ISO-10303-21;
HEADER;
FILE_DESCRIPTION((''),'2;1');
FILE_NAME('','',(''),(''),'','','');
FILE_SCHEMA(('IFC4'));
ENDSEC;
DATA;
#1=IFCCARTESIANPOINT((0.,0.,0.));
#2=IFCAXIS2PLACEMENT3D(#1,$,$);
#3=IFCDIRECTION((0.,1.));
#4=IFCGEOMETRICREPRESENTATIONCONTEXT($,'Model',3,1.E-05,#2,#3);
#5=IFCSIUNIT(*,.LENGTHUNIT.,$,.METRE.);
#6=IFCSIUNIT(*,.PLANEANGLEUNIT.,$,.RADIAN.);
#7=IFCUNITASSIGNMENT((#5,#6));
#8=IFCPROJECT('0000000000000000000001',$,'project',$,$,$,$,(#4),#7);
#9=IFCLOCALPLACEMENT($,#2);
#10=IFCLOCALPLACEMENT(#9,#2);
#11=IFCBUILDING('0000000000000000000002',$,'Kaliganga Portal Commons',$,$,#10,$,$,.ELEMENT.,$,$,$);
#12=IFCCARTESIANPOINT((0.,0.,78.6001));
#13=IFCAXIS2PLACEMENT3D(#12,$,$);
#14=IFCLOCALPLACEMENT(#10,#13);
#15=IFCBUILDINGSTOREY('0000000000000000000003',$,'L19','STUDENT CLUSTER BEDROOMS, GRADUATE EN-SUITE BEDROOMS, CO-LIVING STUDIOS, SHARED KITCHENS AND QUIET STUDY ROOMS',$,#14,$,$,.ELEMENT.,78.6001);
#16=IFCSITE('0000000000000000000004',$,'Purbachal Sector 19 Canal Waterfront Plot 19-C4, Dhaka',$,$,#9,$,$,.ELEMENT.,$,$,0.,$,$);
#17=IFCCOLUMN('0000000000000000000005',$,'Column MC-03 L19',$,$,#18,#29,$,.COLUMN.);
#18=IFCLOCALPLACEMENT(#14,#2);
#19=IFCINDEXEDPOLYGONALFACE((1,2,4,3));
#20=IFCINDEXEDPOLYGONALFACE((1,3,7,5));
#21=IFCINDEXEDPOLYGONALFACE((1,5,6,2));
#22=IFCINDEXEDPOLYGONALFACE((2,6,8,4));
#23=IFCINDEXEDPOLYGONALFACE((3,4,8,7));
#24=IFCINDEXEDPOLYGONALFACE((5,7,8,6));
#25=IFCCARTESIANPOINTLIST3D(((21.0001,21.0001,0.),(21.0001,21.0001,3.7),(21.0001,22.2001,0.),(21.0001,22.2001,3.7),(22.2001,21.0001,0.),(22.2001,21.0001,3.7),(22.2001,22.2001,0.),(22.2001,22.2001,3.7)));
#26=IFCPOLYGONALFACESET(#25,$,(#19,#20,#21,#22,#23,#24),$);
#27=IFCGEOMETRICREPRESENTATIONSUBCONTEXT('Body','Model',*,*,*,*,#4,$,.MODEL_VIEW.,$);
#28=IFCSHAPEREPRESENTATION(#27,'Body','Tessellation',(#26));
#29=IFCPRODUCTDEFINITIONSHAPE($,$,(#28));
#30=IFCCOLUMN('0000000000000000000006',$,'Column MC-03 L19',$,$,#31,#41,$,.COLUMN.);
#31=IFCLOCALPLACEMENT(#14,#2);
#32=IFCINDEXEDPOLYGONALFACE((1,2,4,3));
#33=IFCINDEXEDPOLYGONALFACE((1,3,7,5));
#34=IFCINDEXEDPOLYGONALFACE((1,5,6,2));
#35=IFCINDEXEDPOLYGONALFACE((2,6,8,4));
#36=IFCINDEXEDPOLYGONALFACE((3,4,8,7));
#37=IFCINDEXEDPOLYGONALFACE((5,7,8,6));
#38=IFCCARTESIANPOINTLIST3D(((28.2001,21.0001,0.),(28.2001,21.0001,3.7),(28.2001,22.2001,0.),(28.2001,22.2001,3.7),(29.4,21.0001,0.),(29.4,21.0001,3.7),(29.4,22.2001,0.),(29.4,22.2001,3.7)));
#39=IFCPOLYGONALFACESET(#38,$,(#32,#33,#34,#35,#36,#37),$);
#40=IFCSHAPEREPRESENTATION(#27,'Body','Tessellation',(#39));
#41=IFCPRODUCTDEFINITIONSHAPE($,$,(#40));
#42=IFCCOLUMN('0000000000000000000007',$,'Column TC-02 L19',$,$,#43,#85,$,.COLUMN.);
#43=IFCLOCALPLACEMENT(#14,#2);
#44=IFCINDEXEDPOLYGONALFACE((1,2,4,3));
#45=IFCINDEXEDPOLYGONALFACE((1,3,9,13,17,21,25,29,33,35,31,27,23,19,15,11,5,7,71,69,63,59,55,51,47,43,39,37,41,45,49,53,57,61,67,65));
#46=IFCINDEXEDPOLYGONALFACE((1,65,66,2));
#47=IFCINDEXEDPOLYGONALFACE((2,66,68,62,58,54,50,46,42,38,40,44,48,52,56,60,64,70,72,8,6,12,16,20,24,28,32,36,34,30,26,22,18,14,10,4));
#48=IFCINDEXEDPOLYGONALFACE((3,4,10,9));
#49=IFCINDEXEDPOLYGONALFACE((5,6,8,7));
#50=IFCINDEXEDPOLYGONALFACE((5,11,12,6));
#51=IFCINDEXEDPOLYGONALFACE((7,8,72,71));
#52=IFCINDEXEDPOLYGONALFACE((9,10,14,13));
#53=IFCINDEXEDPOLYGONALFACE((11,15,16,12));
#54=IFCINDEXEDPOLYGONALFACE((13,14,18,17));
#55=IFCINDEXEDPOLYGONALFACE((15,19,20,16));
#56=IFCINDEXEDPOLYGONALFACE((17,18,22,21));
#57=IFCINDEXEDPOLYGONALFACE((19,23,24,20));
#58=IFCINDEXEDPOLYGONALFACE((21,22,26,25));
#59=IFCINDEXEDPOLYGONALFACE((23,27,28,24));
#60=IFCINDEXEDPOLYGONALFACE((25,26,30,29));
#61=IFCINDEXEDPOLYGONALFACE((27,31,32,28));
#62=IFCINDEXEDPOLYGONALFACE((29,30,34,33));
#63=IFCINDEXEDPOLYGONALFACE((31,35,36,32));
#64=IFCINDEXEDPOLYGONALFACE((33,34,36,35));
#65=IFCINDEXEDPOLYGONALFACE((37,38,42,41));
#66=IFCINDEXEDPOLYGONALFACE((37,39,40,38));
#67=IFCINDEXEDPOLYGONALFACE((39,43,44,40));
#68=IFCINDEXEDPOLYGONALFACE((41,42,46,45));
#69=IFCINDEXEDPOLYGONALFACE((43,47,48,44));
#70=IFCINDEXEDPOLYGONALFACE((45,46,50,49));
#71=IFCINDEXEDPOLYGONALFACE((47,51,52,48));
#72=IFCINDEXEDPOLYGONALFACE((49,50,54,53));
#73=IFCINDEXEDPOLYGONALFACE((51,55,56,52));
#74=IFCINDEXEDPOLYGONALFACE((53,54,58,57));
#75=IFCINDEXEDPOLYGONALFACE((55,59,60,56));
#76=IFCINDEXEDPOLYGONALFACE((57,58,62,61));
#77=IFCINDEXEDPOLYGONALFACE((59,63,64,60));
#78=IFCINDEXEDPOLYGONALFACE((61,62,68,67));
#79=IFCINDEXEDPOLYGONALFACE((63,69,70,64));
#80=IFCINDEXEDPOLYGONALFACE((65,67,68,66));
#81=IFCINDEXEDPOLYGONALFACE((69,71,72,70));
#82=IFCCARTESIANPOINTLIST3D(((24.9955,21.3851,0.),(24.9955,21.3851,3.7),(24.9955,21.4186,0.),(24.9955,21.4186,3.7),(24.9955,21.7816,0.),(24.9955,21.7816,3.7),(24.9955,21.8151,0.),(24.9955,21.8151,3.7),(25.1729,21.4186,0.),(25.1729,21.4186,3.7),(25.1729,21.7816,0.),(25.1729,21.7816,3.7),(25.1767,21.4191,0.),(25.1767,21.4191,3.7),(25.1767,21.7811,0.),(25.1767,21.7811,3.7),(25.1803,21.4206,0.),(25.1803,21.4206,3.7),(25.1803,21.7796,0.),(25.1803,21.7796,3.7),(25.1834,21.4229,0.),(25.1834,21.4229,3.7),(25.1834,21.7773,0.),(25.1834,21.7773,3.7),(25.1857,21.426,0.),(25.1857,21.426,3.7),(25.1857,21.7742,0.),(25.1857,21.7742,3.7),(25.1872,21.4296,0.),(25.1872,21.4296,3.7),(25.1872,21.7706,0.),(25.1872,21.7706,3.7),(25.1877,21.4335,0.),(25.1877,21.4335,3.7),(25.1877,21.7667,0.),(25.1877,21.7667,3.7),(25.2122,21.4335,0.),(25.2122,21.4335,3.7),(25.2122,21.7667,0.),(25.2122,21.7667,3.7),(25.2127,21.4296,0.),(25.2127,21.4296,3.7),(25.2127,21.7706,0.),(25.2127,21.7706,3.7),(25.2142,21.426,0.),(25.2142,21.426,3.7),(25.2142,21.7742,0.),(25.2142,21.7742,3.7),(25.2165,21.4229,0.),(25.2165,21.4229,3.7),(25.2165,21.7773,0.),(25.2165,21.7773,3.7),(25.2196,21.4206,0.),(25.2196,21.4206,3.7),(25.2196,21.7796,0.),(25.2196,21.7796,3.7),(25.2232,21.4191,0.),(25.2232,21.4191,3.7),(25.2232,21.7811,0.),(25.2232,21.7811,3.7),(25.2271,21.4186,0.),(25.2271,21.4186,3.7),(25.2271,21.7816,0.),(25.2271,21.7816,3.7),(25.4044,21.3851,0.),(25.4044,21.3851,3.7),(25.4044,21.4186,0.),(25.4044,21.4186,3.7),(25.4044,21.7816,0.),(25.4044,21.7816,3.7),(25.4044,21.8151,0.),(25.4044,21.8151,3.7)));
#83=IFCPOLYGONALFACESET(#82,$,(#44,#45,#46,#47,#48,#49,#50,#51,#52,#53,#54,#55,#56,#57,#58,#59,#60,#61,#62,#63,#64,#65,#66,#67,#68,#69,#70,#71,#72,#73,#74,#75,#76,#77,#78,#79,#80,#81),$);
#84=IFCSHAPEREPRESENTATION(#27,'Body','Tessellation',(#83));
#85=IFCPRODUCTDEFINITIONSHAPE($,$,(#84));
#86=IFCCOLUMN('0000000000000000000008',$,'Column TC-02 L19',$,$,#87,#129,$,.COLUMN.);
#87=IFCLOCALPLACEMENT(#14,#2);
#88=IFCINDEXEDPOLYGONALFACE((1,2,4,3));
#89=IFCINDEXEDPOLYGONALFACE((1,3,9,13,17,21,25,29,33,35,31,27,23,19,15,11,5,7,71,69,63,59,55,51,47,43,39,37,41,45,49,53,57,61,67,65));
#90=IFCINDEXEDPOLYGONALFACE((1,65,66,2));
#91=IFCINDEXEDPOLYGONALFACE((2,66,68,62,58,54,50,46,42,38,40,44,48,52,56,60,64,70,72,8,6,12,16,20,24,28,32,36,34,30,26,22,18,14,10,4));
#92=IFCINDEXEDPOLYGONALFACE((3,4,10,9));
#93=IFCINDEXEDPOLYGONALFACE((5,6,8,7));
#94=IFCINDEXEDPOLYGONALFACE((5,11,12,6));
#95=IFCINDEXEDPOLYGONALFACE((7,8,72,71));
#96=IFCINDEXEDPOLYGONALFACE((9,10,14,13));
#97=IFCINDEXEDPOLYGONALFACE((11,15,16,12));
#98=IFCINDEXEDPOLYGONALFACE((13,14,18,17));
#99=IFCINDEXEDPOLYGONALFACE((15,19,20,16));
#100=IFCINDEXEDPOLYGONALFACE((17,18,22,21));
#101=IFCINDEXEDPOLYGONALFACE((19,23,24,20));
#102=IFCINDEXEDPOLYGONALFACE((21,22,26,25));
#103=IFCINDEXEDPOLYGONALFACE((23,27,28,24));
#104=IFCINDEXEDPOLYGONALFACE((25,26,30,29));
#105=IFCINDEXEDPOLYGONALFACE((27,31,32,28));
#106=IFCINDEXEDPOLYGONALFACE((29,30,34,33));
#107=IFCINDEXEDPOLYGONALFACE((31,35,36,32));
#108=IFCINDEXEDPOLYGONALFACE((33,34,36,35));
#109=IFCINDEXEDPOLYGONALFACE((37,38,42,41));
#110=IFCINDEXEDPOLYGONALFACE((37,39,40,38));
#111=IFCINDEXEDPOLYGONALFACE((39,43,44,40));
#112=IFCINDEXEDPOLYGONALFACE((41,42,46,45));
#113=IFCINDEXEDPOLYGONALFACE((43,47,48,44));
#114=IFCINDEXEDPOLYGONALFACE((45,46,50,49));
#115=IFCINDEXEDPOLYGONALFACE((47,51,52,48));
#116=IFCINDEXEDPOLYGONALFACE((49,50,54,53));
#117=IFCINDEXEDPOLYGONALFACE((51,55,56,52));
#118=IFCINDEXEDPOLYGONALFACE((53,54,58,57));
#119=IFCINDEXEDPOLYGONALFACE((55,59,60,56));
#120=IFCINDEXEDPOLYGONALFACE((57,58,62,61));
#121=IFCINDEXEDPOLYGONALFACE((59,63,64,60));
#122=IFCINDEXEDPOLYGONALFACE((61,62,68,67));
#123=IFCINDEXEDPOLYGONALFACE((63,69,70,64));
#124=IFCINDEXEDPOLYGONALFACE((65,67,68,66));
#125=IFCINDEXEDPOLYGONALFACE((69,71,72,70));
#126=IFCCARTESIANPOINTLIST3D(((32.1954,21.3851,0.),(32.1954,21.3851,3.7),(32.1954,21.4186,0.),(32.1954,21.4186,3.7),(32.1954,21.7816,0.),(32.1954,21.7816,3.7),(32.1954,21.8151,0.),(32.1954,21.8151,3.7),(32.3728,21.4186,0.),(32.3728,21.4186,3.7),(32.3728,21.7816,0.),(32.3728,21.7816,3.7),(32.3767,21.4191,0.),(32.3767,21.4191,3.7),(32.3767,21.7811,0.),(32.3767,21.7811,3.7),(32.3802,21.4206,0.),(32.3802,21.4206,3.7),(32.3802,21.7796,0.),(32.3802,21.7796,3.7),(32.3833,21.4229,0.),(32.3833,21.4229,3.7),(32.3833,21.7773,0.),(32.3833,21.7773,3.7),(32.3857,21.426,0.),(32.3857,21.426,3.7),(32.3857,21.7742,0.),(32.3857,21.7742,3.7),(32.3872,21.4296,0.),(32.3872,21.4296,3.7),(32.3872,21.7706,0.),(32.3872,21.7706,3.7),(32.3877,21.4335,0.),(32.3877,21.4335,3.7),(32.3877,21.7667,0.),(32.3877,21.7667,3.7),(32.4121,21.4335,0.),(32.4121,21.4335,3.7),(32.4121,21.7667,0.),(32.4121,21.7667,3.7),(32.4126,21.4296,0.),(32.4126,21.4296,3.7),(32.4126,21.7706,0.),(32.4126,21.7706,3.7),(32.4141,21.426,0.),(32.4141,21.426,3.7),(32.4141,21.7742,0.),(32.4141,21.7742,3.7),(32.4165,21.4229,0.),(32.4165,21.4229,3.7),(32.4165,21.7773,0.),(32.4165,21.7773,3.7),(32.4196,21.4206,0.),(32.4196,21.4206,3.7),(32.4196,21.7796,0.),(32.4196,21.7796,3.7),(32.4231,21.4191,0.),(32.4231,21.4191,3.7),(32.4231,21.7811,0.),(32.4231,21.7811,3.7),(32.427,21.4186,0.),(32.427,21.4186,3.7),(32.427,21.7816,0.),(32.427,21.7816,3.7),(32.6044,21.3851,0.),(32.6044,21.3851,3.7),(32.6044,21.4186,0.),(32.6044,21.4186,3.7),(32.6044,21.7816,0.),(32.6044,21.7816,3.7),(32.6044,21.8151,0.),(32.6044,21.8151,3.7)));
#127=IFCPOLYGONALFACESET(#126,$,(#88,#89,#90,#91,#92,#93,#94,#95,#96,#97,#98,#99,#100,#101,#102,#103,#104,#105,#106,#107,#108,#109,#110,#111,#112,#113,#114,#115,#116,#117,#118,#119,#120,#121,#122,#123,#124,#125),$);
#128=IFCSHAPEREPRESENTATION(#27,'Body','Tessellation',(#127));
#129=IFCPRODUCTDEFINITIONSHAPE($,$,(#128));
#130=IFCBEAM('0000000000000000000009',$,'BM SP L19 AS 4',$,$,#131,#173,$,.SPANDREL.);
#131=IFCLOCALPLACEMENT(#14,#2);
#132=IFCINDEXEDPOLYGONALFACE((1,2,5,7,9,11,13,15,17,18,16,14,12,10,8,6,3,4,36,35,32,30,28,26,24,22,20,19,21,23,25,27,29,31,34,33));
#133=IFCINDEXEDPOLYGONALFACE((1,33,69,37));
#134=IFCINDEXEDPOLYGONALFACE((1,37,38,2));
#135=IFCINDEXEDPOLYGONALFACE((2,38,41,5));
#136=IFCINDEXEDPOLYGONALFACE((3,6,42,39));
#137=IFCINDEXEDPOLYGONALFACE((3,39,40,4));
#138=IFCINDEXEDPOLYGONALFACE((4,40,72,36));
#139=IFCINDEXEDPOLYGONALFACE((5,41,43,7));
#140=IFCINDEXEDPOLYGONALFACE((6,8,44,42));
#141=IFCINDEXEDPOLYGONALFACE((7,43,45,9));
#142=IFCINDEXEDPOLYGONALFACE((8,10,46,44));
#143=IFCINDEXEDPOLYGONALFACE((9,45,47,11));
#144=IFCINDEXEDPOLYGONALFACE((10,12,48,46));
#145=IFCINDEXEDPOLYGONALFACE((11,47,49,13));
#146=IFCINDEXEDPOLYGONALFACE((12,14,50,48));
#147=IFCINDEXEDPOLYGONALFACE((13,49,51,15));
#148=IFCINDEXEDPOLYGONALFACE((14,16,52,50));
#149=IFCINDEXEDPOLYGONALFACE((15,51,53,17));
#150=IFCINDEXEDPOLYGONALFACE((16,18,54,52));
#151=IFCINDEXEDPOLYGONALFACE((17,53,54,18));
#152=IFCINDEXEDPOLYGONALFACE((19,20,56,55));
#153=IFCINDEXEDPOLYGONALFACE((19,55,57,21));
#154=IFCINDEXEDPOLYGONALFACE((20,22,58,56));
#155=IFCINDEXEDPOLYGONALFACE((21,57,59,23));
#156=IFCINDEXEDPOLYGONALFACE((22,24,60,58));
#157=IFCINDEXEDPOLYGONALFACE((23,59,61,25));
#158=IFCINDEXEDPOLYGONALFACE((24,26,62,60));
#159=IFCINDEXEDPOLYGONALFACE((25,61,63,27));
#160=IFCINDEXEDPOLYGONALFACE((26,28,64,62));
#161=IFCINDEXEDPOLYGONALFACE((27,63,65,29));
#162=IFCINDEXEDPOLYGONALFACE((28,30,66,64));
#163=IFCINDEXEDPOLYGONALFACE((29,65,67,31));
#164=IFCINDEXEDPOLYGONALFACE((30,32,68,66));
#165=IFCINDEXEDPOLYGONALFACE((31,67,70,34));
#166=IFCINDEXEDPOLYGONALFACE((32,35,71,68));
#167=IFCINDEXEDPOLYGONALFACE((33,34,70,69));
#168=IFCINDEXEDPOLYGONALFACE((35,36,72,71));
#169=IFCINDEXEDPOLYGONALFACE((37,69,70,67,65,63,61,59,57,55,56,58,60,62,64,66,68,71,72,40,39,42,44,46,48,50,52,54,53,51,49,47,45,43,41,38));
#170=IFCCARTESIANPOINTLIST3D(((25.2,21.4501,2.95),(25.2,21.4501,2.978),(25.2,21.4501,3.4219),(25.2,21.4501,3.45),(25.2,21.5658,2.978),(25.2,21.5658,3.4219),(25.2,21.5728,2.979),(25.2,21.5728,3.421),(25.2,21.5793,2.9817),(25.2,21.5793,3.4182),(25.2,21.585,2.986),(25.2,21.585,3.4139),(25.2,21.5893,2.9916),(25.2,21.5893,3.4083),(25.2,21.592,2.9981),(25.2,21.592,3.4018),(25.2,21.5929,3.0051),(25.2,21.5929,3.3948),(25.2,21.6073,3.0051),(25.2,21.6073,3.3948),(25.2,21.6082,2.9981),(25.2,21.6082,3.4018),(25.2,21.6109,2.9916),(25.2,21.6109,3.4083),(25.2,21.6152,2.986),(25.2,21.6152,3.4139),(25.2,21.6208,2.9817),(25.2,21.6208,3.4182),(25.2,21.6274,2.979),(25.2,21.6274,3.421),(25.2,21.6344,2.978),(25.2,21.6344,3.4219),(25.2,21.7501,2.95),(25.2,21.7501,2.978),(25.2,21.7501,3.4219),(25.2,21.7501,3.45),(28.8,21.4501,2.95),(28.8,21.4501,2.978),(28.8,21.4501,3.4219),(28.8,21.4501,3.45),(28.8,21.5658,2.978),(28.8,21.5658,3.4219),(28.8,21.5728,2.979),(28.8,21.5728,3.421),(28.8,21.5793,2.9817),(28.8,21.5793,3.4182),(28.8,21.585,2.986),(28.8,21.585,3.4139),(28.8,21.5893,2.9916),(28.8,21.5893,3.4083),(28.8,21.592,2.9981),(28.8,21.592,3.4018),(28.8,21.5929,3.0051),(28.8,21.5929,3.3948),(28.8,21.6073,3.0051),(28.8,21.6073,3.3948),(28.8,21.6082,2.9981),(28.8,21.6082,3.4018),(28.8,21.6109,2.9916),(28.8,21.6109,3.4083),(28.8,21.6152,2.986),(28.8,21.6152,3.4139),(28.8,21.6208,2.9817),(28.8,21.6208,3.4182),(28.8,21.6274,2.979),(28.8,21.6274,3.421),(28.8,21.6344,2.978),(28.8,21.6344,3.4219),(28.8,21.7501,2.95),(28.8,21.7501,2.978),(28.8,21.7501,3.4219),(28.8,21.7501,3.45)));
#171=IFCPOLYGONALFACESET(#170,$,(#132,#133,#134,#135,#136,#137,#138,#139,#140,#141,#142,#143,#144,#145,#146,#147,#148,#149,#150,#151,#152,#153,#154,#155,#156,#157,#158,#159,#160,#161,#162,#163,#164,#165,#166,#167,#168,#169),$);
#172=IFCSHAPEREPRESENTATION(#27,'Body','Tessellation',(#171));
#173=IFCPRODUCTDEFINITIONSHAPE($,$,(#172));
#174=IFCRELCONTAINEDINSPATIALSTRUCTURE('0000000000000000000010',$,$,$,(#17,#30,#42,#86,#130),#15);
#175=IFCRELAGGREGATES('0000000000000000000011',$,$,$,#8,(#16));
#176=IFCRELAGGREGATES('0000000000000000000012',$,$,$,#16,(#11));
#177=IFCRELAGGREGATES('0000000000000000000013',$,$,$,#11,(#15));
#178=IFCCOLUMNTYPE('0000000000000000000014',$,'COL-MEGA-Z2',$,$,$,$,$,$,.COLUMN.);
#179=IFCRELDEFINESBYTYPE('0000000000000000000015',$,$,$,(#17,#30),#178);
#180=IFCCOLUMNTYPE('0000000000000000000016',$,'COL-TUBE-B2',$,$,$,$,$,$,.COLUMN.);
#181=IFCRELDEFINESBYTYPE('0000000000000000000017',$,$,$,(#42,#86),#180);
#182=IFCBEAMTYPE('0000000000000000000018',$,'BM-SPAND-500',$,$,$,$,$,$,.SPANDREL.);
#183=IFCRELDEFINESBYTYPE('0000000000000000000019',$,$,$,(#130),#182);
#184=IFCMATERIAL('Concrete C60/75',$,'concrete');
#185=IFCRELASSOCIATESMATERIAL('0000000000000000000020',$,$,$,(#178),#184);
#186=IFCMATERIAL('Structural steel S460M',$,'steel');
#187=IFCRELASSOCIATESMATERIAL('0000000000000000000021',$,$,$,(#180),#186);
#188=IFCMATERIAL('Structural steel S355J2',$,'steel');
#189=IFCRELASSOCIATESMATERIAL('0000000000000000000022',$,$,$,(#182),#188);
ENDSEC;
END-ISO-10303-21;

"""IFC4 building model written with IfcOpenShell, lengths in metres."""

from ifc_helpers import new_model, si_unit, direction, frame, origin, origin_2d, place, context, subcontext, project, spatial, rectangle, i_section, extrude, source, transform, mapped, material, material_profile, profile_set, type_object, element, save


model = new_model("IFC4")

# Units and contexts
model_context = context("Model", 3, precision=1e-05, world=origin(), true_north=direction((0.0, 1.0)))
body_context = subcontext(model_context, "Body", "Model", "MODEL_VIEW")
ifc_project = project(units=[si_unit("LENGTHUNIT", "METRE"), si_unit("PLANEANGLEUNIT", "RADIAN")], contexts=[model_context])

# Site, building, storey
site_placement = place(None, origin())
site = spatial("IfcSite", under=ifc_project, at=site_placement, Name="Purbachal Sector 19 Canal Waterfront Plot 19-C4, Dhaka", CompositionType="ELEMENT", RefElevation=0.0)
building_placement = place(site_placement, origin())
building = spatial("IfcBuilding", under=site, at=building_placement, Name="Kaliganga Portal Commons", CompositionType="ELEMENT")
storey_placement = place(building_placement, frame((0.0, 0.0, 78.6001)))
storey = spatial("IfcBuildingStorey", under=building, at=storey_placement, Name="L19", Description="STUDENT CLUSTER BEDROOMS, GRADUATE EN-SUITE BEDROOMS, CO-LIVING STUDIOS, SHARED KITCHENS AND QUIET STUDY ROOMS", CompositionType="ELEMENT", Elevation=78.6001)

# Columns
ifc_material_1 = material(Name="Concrete C60/75", Category="concrete")
ifc_material_profile_1 = material_profile(ifc_material_1, rectangle(XDim=1.2, YDim=1.2, at=origin_2d()), Name="RC 1200x1200")
ifc_profile_set_1 = profile_set([ifc_material_profile_1], Name="Concrete C60/75")
column_type_1 = type_object("IfcColumnType", Name="COL-MEGA-Z2", PredefinedType="COLUMN", material=ifc_profile_set_1)
shared_shape_1 = source(origin(), body_context, "Body", "SweptSolid", [
    extrude(rectangle(XDim=1.2, YDim=1.2, at=origin_2d()), origin(), (0.0, 0.0, 1.0), 3.7),
])
for number, where, z_axis, x_axis, name in (
    (1, (21.6001, 21.6001, 0.0), (0.0, 0.0, 1.0), (1.0, 0.0, 0.0), "Column MC-03 L19"),
    (2, (28.8, 21.6001, 0.0), (0.0, 0.0, 1.0), (1.0, 0.0, 0.0), "Column MC-03 L19"),
):
    element("IfcColumn", number, at=place(storey_placement, frame(where, z_axis=z_axis, x_axis=x_axis)), inside=storey, type_object=column_type_1, Name=name, PredefinedType="COLUMN", context=body_context, shape_type="MappedRepresentation", body=[
        mapped(shared_shape_1, transform((0.0, 0.0, 0.0), x_axis=(1.0, 0.0, 0.0), y_axis=(0.0, 1.0, 0.0), z_axis=(0.0, 0.0, 1.0), scale=1.0)),
    ])
ifc_material_2 = material(Name="Structural steel S460M", Category="steel")
ifc_material_profile_2 = material_profile(ifc_material_2, i_section(OverallWidth=0.4089, OverallDepth=0.4299, WebThickness=0.0244, FlangeThickness=0.0334, FilletRadius=0.0149, at=origin_2d()), Name="HD 400x421")
ifc_profile_set_2 = profile_set([ifc_material_profile_2], Name="Structural steel S460M wide-flange")
column_type_2 = type_object("IfcColumnType", Name="COL-TUBE-B2", PredefinedType="COLUMN", material=ifc_profile_set_2)
shared_shape_2 = source(origin(), body_context, "Body", "SweptSolid", [
    extrude(i_section(OverallWidth=0.4089, OverallDepth=0.4299, WebThickness=0.0244, FlangeThickness=0.0334, FilletRadius=0.0149, at=origin_2d()), origin(), (0.0, 0.0, 1.0), 3.7),
])
for number, where, z_axis, x_axis, name in (
    (3, (25.2, 21.6001, 0.0), (0.0, 0.0, 1.0), (1.0, 0.0, 0.0), "Column TC-02 L19"),
    (4, (32.3999, 21.6001, 0.0), (0.0, 0.0, 1.0), (1.0, 0.0, 0.0), "Column TC-02 L19"),
):
    element("IfcColumn", number, at=place(storey_placement, frame(where, z_axis=z_axis, x_axis=x_axis)), inside=storey, type_object=column_type_2, Name=name, PredefinedType="COLUMN", context=body_context, shape_type="MappedRepresentation", body=[
        mapped(shared_shape_2, transform((0.0, 0.0, 0.0), x_axis=(1.0, 0.0, 0.0), y_axis=(0.0, 1.0, 0.0), z_axis=(0.0, 0.0, 1.0), scale=1.0)),
    ])

# Beam
ifc_material_3 = material(Name="Structural steel S355J2", Category="steel")
ifc_material_profile_3 = material_profile(ifc_material_3, i_section(OverallWidth=0.3, OverallDepth=0.5, WebThickness=0.0144, FlangeThickness=0.0281, FilletRadius=0.0271, at=origin_2d()), Name="HE 500 B")
ifc_profile_set_3 = profile_set([ifc_material_profile_3], Name="Structural steel S355J2 wide-flange")
beam_type_1 = type_object("IfcBeamType", Name="BM-SPAND-500", PredefinedType="SPANDREL", material=ifc_profile_set_3)
shared_shape_3 = source(origin(), body_context, "Body", "SweptSolid", [
    extrude(i_section(OverallWidth=0.3, OverallDepth=0.5, WebThickness=0.0144, FlangeThickness=0.0281, FilletRadius=0.0271, at=origin_2d()), origin(), (0.0, 0.0, 1.0), 3.6001),
])
beam_1_placement = place(storey_placement, frame((25.2, 21.6001, 3.2), z_axis=(1.0, 0.0, 0.0), x_axis=(0.0, 1.0, 0.0)))
element("IfcBeam", 5, at=beam_1_placement, inside=storey, type_object=beam_type_1, Name="BM SP L19 AS 4", PredefinedType="SPANDREL", context=body_context, shape_type="MappedRepresentation", body=[
    mapped(shared_shape_3, transform((0.0, 0.0, 0.0), x_axis=(1.0, 0.0, 0.0), y_axis=(0.0, 1.0, 0.0), z_axis=(0.0, 0.0, 1.0), scale=1.0)),
])

save(model, "model.ifc")
